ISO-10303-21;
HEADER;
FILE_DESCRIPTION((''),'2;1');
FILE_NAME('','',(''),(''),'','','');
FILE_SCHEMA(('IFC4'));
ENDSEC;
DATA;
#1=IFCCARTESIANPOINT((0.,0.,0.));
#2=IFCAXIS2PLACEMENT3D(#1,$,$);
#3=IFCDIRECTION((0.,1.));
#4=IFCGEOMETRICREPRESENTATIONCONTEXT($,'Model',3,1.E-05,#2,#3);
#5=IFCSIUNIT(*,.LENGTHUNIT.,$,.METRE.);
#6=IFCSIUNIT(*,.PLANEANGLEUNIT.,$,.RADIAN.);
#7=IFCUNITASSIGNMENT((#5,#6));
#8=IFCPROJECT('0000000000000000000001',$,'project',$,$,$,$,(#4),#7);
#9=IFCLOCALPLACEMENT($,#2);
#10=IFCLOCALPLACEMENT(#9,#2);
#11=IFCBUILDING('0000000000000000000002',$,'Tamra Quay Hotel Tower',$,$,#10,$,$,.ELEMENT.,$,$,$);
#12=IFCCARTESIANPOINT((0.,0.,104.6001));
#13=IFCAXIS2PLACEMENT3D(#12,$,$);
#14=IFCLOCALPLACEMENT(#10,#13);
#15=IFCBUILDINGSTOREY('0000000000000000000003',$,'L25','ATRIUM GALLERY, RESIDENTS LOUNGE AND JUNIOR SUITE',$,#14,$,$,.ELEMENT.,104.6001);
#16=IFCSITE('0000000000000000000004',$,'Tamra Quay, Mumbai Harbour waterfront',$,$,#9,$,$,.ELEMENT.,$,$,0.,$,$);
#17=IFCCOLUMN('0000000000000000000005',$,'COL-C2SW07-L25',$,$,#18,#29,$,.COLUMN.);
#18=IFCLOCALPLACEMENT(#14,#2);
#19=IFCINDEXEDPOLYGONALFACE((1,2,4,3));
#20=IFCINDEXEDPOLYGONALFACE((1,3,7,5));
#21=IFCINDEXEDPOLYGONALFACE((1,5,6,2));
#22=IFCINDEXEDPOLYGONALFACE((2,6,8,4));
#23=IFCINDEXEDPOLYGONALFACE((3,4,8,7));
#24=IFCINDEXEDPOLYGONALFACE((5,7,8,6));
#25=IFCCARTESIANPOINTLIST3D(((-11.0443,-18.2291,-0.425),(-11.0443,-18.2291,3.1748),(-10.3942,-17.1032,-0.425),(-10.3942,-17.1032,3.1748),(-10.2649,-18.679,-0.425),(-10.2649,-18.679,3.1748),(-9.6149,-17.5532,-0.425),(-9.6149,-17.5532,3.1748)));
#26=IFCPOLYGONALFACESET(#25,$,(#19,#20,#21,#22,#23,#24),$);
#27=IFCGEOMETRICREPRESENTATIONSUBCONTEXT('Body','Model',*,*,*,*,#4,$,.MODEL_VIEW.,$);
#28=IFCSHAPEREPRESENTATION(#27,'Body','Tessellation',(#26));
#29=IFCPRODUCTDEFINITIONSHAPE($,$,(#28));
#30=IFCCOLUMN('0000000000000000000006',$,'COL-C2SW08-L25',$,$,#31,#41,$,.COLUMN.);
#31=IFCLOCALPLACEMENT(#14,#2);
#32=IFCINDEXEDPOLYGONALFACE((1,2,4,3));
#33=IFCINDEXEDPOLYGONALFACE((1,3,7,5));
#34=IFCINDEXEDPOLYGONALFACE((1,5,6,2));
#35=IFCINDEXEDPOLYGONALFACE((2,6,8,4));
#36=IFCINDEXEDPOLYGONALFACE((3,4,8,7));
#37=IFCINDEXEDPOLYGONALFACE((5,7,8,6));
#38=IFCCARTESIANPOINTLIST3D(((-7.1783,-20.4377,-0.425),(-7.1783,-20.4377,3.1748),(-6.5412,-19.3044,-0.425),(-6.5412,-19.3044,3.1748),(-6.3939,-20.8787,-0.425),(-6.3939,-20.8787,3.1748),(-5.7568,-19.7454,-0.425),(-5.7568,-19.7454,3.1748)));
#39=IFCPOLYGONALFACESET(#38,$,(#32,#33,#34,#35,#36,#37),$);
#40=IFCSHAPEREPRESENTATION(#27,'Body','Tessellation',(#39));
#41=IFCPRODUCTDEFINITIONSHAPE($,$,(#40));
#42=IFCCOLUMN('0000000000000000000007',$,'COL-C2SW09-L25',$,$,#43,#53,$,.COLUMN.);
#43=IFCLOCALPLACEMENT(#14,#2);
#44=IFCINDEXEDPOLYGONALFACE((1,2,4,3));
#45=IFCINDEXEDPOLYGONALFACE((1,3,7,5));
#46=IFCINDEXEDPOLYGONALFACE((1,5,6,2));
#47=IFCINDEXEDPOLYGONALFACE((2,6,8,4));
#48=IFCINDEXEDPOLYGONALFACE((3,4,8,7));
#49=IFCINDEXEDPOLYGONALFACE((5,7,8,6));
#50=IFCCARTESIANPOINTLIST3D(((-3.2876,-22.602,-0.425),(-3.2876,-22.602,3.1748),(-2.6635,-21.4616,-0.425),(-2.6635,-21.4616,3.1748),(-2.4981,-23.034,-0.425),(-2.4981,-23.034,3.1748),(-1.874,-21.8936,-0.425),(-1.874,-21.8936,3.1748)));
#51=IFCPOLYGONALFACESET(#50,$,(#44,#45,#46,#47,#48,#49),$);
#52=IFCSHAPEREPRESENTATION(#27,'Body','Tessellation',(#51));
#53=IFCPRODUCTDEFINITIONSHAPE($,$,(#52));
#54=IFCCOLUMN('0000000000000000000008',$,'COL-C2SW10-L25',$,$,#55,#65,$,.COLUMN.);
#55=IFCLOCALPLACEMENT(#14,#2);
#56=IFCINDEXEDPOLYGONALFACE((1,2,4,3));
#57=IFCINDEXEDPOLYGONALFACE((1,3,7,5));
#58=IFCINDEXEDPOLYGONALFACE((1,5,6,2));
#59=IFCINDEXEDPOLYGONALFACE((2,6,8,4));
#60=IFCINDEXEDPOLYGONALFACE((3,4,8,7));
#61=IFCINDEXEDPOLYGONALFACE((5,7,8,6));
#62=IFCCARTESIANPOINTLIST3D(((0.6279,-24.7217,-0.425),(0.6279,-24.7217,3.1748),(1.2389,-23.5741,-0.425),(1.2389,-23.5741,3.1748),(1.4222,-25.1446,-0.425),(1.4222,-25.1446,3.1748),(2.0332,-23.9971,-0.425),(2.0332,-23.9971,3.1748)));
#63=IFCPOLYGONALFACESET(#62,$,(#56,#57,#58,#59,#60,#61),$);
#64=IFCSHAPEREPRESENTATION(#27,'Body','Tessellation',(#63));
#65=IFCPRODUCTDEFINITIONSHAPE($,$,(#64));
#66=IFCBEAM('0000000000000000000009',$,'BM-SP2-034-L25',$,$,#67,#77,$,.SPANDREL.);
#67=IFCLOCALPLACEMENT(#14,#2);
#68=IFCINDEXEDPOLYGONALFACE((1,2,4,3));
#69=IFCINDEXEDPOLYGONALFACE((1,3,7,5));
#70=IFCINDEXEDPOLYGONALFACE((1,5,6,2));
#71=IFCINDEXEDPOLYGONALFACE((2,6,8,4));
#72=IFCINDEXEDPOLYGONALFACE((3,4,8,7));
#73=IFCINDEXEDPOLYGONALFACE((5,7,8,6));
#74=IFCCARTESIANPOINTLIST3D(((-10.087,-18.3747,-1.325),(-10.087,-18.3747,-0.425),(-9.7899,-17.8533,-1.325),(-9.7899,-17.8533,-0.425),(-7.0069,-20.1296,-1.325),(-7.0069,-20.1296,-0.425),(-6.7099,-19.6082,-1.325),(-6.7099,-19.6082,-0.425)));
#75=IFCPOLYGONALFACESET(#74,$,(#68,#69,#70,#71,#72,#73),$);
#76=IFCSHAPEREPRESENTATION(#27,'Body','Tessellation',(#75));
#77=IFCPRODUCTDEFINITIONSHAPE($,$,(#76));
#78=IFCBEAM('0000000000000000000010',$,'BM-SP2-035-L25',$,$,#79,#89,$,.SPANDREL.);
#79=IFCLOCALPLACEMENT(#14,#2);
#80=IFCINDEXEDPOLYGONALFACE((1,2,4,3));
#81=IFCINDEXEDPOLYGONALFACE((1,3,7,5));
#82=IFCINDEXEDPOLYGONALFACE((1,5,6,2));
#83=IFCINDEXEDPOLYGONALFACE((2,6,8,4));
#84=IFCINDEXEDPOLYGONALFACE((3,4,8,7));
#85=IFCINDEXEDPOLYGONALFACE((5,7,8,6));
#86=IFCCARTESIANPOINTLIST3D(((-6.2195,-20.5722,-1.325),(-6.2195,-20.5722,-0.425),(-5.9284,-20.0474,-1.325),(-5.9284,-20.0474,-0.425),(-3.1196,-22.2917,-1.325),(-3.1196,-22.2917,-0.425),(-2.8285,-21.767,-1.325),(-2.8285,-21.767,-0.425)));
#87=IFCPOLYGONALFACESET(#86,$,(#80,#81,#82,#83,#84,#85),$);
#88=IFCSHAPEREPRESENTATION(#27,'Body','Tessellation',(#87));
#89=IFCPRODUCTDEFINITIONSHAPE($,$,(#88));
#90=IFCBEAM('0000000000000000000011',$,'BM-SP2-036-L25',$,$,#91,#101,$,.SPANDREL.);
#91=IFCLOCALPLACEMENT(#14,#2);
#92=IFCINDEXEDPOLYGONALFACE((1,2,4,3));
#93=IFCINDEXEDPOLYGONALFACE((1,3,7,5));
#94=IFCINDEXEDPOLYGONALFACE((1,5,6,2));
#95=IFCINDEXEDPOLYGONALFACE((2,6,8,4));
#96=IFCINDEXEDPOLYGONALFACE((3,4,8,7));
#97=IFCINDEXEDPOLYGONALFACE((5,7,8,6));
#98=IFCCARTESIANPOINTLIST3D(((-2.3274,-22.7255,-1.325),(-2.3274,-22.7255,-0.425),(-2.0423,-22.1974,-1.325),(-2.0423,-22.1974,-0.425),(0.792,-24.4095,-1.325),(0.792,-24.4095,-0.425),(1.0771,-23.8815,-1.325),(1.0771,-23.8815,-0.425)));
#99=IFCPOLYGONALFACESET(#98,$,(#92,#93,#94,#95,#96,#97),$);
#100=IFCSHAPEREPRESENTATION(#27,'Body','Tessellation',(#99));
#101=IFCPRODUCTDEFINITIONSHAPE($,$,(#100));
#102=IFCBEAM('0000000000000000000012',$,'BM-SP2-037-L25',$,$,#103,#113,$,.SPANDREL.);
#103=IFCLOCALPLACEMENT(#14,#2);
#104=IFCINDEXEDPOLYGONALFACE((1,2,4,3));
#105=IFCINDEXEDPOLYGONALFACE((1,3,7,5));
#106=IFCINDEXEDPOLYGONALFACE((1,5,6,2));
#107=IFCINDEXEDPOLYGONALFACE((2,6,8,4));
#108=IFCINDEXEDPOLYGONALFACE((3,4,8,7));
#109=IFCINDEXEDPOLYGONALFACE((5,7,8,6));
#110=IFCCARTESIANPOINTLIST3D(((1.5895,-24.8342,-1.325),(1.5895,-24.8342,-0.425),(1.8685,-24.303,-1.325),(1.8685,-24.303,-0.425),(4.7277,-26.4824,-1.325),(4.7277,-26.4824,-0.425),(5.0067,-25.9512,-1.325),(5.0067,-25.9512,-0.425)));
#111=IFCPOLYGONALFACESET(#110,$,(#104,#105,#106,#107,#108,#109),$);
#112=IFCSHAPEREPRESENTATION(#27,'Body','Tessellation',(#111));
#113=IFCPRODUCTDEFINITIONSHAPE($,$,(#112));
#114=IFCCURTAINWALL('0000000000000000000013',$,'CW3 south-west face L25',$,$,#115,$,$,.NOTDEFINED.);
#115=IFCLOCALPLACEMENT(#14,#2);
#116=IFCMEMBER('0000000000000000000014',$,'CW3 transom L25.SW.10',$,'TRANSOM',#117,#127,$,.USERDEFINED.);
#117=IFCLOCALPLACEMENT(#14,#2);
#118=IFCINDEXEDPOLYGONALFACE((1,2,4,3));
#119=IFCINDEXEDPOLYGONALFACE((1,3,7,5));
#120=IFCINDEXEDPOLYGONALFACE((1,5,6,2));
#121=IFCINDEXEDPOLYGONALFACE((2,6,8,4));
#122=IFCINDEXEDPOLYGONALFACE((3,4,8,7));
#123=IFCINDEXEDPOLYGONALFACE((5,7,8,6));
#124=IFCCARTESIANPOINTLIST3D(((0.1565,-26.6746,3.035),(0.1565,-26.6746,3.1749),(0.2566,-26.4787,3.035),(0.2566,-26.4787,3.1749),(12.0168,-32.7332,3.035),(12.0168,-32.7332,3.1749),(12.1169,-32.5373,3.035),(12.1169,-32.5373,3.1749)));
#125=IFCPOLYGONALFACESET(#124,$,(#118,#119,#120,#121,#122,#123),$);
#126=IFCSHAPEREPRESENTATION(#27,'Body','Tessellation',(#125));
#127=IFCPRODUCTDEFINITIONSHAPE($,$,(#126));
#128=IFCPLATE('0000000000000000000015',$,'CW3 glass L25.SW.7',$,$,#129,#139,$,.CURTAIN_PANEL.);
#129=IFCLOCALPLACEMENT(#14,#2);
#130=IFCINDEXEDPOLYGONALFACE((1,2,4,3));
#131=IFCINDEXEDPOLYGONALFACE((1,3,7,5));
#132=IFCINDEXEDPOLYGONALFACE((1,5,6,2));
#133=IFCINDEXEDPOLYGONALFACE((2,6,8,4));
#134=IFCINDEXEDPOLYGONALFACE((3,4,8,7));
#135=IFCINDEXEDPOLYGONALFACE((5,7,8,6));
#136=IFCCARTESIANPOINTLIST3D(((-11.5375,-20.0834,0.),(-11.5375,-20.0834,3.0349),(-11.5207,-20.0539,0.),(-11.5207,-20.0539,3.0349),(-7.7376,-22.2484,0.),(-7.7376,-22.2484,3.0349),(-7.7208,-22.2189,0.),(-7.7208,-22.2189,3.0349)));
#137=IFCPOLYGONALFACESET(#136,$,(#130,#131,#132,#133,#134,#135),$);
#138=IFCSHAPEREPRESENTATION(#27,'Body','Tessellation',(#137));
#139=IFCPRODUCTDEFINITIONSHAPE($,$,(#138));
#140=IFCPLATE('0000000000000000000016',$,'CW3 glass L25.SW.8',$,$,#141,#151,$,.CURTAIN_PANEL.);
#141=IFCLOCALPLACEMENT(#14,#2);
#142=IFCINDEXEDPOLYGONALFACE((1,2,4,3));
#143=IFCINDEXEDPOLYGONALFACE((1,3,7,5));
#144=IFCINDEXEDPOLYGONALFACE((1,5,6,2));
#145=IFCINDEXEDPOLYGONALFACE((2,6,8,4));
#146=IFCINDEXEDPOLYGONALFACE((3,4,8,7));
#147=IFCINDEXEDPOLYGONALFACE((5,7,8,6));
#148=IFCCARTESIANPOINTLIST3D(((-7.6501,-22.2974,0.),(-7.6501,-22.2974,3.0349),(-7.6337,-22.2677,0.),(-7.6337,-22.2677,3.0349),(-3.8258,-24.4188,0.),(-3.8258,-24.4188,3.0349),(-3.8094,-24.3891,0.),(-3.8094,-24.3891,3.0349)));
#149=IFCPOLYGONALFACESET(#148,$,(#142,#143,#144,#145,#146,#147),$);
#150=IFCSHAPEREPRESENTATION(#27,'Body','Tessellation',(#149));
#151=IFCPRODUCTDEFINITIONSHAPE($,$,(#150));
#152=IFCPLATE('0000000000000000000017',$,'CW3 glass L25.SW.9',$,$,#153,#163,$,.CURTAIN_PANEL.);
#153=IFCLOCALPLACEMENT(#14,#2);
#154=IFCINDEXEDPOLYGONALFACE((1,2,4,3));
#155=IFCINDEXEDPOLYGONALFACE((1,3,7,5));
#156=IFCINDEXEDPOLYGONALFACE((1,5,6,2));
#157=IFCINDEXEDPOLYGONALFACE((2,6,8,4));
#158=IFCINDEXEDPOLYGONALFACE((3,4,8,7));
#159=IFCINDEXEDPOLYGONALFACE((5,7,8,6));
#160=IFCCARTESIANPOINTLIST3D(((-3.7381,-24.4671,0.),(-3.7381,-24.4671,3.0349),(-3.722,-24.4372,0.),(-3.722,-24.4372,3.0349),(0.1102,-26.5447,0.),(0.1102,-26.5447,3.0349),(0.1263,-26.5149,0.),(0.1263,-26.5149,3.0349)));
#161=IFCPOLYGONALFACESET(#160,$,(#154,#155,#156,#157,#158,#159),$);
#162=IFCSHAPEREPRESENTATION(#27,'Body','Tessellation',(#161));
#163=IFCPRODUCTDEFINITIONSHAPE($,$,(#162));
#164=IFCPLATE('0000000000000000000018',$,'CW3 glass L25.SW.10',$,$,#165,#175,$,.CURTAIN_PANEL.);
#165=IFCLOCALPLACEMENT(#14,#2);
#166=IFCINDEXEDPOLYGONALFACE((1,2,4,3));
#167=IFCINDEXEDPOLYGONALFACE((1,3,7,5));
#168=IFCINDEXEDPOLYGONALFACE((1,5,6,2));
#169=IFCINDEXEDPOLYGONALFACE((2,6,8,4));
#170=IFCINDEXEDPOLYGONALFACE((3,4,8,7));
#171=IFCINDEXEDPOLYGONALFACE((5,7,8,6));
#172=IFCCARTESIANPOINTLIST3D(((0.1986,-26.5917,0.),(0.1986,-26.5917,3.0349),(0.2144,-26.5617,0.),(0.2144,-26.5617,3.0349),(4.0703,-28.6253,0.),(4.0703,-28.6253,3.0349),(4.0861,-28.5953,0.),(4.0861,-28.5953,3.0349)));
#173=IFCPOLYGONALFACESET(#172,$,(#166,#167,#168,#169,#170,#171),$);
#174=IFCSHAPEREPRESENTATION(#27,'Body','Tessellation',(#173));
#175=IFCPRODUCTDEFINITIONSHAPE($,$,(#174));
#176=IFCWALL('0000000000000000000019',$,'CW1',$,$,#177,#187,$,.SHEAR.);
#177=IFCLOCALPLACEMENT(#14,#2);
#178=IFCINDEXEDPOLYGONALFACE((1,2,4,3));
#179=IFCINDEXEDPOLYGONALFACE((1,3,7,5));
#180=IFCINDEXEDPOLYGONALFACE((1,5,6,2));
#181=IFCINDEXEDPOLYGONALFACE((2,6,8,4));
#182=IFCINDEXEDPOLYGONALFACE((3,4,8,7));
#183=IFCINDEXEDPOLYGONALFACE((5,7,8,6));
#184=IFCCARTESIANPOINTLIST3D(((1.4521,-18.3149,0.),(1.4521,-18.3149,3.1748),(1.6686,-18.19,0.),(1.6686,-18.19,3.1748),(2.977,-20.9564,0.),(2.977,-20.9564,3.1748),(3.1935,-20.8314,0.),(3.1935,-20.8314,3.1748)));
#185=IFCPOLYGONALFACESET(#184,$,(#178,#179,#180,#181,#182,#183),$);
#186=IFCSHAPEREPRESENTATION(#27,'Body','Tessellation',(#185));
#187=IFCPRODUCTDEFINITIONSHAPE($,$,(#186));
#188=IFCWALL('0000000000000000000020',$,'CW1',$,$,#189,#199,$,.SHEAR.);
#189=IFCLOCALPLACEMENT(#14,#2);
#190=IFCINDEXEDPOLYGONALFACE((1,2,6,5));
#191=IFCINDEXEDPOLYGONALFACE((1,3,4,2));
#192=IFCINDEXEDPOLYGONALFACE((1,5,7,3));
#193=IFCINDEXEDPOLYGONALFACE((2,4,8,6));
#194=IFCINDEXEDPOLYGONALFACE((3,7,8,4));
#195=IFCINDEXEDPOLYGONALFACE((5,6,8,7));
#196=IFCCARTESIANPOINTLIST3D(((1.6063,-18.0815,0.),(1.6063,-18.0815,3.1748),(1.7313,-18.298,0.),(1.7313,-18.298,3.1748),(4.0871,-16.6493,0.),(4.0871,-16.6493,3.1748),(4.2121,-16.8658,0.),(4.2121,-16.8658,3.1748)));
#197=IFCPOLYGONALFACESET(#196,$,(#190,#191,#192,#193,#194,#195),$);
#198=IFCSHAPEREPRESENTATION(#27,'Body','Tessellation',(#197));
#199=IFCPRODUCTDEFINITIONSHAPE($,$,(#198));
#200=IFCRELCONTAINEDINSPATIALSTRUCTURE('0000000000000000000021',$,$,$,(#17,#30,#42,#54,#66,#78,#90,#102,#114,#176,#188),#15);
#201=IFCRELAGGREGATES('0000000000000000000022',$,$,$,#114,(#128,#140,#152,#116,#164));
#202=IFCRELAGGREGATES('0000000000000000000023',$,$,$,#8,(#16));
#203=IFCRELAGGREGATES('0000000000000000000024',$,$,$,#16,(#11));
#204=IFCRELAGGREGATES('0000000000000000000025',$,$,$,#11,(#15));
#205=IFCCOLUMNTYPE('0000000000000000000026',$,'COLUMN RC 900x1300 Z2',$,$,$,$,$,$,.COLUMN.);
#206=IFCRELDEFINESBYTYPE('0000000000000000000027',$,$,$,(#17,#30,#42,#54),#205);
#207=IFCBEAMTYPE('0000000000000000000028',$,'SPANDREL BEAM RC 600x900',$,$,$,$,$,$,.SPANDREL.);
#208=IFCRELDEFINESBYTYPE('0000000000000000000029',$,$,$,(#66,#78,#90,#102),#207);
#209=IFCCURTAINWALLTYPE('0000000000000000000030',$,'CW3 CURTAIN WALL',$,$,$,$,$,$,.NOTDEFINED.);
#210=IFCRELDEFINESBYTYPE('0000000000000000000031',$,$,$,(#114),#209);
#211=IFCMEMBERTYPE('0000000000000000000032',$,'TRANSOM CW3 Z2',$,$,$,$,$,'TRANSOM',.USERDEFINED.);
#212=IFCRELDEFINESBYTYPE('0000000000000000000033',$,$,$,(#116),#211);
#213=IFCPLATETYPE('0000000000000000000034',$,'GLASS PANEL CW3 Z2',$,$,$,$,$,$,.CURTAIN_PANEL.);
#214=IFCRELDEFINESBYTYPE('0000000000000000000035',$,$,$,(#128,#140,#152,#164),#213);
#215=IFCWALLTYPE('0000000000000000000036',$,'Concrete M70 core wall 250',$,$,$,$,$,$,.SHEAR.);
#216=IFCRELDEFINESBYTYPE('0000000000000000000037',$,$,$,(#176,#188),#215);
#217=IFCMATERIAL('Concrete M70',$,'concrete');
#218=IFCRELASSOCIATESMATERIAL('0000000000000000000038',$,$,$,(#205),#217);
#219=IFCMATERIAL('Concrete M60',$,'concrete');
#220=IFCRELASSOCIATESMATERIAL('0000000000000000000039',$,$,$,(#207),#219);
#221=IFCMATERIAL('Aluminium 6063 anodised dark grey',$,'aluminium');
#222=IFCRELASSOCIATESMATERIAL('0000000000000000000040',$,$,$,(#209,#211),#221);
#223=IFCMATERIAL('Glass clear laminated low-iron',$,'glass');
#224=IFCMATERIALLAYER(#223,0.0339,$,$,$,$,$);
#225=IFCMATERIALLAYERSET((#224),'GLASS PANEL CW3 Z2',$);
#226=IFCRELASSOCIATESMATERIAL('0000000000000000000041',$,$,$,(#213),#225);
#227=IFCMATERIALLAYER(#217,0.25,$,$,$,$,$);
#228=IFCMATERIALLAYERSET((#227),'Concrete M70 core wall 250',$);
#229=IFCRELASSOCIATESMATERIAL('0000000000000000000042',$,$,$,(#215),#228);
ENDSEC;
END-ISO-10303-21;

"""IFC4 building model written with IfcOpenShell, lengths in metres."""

from ifc_helpers import new_model, si_unit, direction, frame, frame_2d, origin, origin_2d, place, context, subcontext, project, spatial, rectangle, extrude, material, layer, layer_set, material_profile, profile_set, type_object, element, aggregate, save


model = new_model("IFC4")

# Units and contexts
model_context = context("Model", 3, precision=1e-05, world=origin(), true_north=direction((0.0, 1.0)))
body_context = subcontext(model_context, "Body", "Model", "MODEL_VIEW")
ifc_project = project(units=[si_unit("LENGTHUNIT", "METRE"), si_unit("PLANEANGLEUNIT", "RADIAN")], contexts=[model_context])

# Site, building, storey
site_placement = place(None, origin())
site = spatial("IfcSite", under=ifc_project, at=site_placement, Name="Tamra Quay, Mumbai Harbour waterfront", CompositionType="ELEMENT", RefElevation=0.0)
building_placement = place(site_placement, origin())
building = spatial("IfcBuilding", under=site, at=building_placement, Name="Tamra Quay Hotel Tower", CompositionType="ELEMENT")
storey_placement = place(building_placement, frame((0.0, 0.0, 104.6001)))
storey = spatial("IfcBuildingStorey", under=building, at=storey_placement, Name="L25", Description="ATRIUM GALLERY, RESIDENTS LOUNGE AND JUNIOR SUITE", CompositionType="ELEMENT", Elevation=104.6001)

# Columns
ifc_material_1 = material(Name="Concrete M70", Category="concrete")
ifc_material_profile_1 = material_profile(ifc_material_1, rectangle(XDim=1.3, YDim=0.8999, at=origin_2d()), Name="COLUMN RC 900x1300 Z2")
ifc_profile_set_1 = profile_set([ifc_material_profile_1], Name="Concrete M70")
column_type = type_object("IfcColumnType", Name="COLUMN RC 900x1300 Z2", PredefinedType="COLUMN", material=ifc_profile_set_1)
for number, where, z_axis, x_axis, name in (
    (1, (-10.3296, -17.8911, -0.425), (0.0, 0.0, 1.0), (0.5, 0.866025, 0.0), "COL-C2SW07-L25"),
    (2, (-6.4675, -20.0916, -0.425), (0.0, 0.0, 1.0), (0.490061, 0.871688, 0.0), "COL-C2SW08-L25"),
    (3, (-2.5808, -22.2478, -0.425), (0.0, 0.0, 1.0), (0.48006, 0.877236, 0.0), "COL-C2SW09-L25"),
    (4, (1.3306, -24.3594, -0.425), (0.0, 0.0, 1.0), (0.470002, 0.882666, 0.0), "COL-C2SW10-L25"),
):
    element("IfcColumn", number, at=place(storey_placement, frame(where, z_axis=z_axis, x_axis=x_axis)), inside=storey, type_object=column_type, Name=name, PredefinedType="COLUMN", context=body_context, shape_type="SweptSolid", body=[
        extrude(rectangle(XDim=1.3, YDim=0.8999, at=origin_2d()), origin(), (0.0, 0.0, 1.0), 3.5999),
    ])

# Beams
ifc_material_2 = material(Name="Concrete M60", Category="concrete")
ifc_material_profile_2 = material_profile(ifc_material_2, rectangle(XDim=0.6001, YDim=0.8999, at=origin_2d()), Name="SPANDREL BEAM RC 600x900")
ifc_profile_set_2 = profile_set([ifc_material_profile_2], Name="Concrete M60")
beam_type = type_object("IfcBeamType", Name="SPANDREL BEAM RC 600x900", PredefinedType="SPANDREL", material=ifc_profile_set_2)
for number, where, z_axis, x_axis, name in (
    (5, (-9.9385, -18.114, -0.875), (0.86887, -0.495041, 0.0), (0.495041, 0.86887, 0.0), "BM-SP2-034-L25"),
    (6, (-6.074, -20.3098, -0.875), (0.874475, -0.48507, 0.0), (0.48507, 0.874475, 0.0), "BM-SP2-035-L25"),
    (7, (-2.1848, -22.4614, -0.875), (0.879951, -0.475065, 0.0), (0.475065, 0.879951, 0.0), "BM-SP2-036-L25"),
):
    element("IfcBeam", number, at=place(storey_placement, frame(where, z_axis=z_axis, x_axis=x_axis)), inside=storey, type_object=beam_type, Name=name, PredefinedType="SPANDREL", context=body_context, shape_type="SweptSolid", body=[
        extrude(rectangle(XDim=0.6001, YDim=0.8999, at=origin_2d()), origin(), (0.0, 0.0, 1.0), 3.5449),
    ])
beam_placement = place(storey_placement, frame((1.729, -24.5686, -0.875), z_axis=(0.885323, -0.464977, 0.0), x_axis=(0.464977, 0.885323, 0.0)))
element("IfcBeam", 8, at=beam_placement, inside=storey, type_object=beam_type, Name="BM-SP2-037-L25", PredefinedType="SPANDREL", context=body_context, shape_type="SweptSolid", body=[
    extrude(rectangle(XDim=0.6001, YDim=0.8999, at=origin_2d()), origin(), (0.0, 0.0, 1.0), 3.5447),
])

# Curtain wall, member, plates
ifc_material_3 = material(Name="Aluminium 6063 anodised dark grey", Category="aluminium")
curtain_wall_type = type_object("IfcCurtainWallType", Name="CW3 CURTAIN WALL", PredefinedType="NOTDEFINED", material=ifc_material_3)
curtain_wall_placement = place(storey_placement, origin())
curtain_wall = element("IfcCurtainWall", 9, at=curtain_wall_placement, inside=storey, type_object=curtain_wall_type, Name="CW3 south-west face L25", PredefinedType="NOTDEFINED")
ifc_material_profile_3 = material_profile(ifc_material_3, rectangle(XDim=0.22, YDim=0.1399, at=origin_2d()), Name="TRANSOM 220X140")
ifc_profile_set_3 = profile_set([ifc_material_profile_3], Name="Aluminium 6063 anodised dark grey")
member_type = type_object("IfcMemberType", Name="TRANSOM CW3 Z2", ElementType="TRANSOM", PredefinedType="USERDEFINED", material=ifc_profile_set_3)
member_placement = place(storey_placement, frame((0.2065, -26.5767, 3.105), z_axis=(0.890537, -0.454911, 0.0), x_axis=(0.454911, 0.890537, 0.0)))
member = element("IfcMember", 10, at=member_placement, type_object=member_type, Name="CW3 transom L25.SW.10", ObjectType="TRANSOM", PredefinedType="USERDEFINED", context=body_context, shape_type="SweptSolid", body=[
    extrude(rectangle(XDim=0.22, YDim=0.1399, at=origin_2d()), origin(), (0.0, 0.0, 1.0), 13.3181),
])
ifc_material_4 = material(Name="Glass clear laminated low-iron", Category="glass")
ifc_layer_1 = layer(ifc_material_4, 0.0339)
ifc_layer_set_1 = layer_set([ifc_layer_1], Name="GLASS PANEL CW3 Z2")
plate_type = type_object("IfcPlateType", Name="GLASS PANEL CW3 Z2", PredefinedType="CURTAIN_PANEL", material=ifc_layer_set_1)
plate_1_placement = place(storey_placement, frame((-9.6292, -21.1511, 0.0), z_axis=(0.0, 0.0, 1.0), x_axis=(0.868868, -0.495045, 0.0)))
plate_1 = element("IfcPlate", 11, at=plate_1_placement, type_object=plate_type, Name="CW3 glass L25.SW.7", PredefinedType="CURTAIN_PANEL", context=body_context, shape_type="SweptSolid", body=[
    extrude(rectangle(XDim=4.3733, YDim=0.0339, at=origin_2d()), origin(), (0.0, 0.0, 1.0), 3.0349),
])
plate_2_placement = place(storey_placement, frame((-5.7297, -23.3433, 0.0), z_axis=(0.0, 0.0, 1.0), x_axis=(0.874465, -0.485088, 0.0)))
plate_2 = element("IfcPlate", 12, at=plate_2_placement, type_object=plate_type, Name="CW3 glass L25.SW.8", PredefinedType="CURTAIN_PANEL", context=body_context, shape_type="SweptSolid", body=[
    extrude(rectangle(XDim=4.3733, YDim=0.0339, at=origin_2d()), origin(), (0.0, 0.0, 1.0), 3.0349),
])
plate_3_placement = place(storey_placement, frame((-1.8059, -25.491, 0.0), z_axis=(0.0, 0.0, 1.0), x_axis=(0.879946, -0.475074, 0.0)))
plate_3 = element("IfcPlate", 13, at=plate_3_placement, type_object=plate_type, Name="CW3 glass L25.SW.9", PredefinedType="CURTAIN_PANEL", context=body_context, shape_type="SweptSolid", body=[
    extrude(rectangle(XDim=4.3733, YDim=0.0339, at=origin_2d()), origin(), (0.0, 0.0, 1.0), 3.0349),
])
plate_4_placement = place(storey_placement, frame((2.1423, -27.5935, 0.0), z_axis=(0.0, 0.0, 1.0), x_axis=(0.885306, -0.465009, 0.0)))
plate_4 = element("IfcPlate", 14, at=plate_4_placement, type_object=plate_type, Name="CW3 glass L25.SW.10", PredefinedType="CURTAIN_PANEL", context=body_context, shape_type="SweptSolid", body=[
    extrude(rectangle(XDim=4.3733, YDim=0.0339, at=origin_2d()), origin(), (0.0, 0.0, 1.0), 3.0349),
])
aggregate(curtain_wall, [plate_1, plate_2, plate_3, member, plate_4])

# Walls
ifc_layer_2 = layer(ifc_material_1, 0.25)
ifc_layer_set_2 = layer_set([ifc_layer_2], Name="Concrete M70 core wall 250")
wall_type_1 = type_object("IfcWallType", Name="Concrete M70 core wall 250", PredefinedType="SHEAR", material=ifc_layer_set_2)
wall_1_placement = place(storey_placement, frame((3.0852, -20.8938, 0.0), z_axis=(0.0, 0.0, 1.0), x_axis=(-0.499979, 0.866038, 0.0)))
element("IfcWall", 15, at=wall_1_placement, inside=storey, type_object=wall_type_1, Name="CW1", PredefinedType="SHEAR", context=body_context, shape_type="SweptSolid", body=[
    extrude(rectangle(XDim=3.05, YDim=0.25, at=frame_2d((1.5249, 0.0))), origin(), (0.0, 0.0, 1.0), 3.1748),
])
wall_2_placement = place(storey_placement, frame((1.6689, -18.1897, 0.0), z_axis=(0.0, 0.0, 1.0), x_axis=(0.866042, 0.499971, 0.0)))
element("IfcWall", 16, at=wall_2_placement, inside=storey, type_object=wall_type_1, Name="CW1", PredefinedType="SHEAR", context=body_context, shape_type="SweptSolid", body=[
    extrude(rectangle(XDim=2.8645, YDim=0.25, at=frame_2d((1.4321, 0.0))), origin(), (0.0, 0.0, 1.0), 3.1748),
])

save(model, "model.ifc")
